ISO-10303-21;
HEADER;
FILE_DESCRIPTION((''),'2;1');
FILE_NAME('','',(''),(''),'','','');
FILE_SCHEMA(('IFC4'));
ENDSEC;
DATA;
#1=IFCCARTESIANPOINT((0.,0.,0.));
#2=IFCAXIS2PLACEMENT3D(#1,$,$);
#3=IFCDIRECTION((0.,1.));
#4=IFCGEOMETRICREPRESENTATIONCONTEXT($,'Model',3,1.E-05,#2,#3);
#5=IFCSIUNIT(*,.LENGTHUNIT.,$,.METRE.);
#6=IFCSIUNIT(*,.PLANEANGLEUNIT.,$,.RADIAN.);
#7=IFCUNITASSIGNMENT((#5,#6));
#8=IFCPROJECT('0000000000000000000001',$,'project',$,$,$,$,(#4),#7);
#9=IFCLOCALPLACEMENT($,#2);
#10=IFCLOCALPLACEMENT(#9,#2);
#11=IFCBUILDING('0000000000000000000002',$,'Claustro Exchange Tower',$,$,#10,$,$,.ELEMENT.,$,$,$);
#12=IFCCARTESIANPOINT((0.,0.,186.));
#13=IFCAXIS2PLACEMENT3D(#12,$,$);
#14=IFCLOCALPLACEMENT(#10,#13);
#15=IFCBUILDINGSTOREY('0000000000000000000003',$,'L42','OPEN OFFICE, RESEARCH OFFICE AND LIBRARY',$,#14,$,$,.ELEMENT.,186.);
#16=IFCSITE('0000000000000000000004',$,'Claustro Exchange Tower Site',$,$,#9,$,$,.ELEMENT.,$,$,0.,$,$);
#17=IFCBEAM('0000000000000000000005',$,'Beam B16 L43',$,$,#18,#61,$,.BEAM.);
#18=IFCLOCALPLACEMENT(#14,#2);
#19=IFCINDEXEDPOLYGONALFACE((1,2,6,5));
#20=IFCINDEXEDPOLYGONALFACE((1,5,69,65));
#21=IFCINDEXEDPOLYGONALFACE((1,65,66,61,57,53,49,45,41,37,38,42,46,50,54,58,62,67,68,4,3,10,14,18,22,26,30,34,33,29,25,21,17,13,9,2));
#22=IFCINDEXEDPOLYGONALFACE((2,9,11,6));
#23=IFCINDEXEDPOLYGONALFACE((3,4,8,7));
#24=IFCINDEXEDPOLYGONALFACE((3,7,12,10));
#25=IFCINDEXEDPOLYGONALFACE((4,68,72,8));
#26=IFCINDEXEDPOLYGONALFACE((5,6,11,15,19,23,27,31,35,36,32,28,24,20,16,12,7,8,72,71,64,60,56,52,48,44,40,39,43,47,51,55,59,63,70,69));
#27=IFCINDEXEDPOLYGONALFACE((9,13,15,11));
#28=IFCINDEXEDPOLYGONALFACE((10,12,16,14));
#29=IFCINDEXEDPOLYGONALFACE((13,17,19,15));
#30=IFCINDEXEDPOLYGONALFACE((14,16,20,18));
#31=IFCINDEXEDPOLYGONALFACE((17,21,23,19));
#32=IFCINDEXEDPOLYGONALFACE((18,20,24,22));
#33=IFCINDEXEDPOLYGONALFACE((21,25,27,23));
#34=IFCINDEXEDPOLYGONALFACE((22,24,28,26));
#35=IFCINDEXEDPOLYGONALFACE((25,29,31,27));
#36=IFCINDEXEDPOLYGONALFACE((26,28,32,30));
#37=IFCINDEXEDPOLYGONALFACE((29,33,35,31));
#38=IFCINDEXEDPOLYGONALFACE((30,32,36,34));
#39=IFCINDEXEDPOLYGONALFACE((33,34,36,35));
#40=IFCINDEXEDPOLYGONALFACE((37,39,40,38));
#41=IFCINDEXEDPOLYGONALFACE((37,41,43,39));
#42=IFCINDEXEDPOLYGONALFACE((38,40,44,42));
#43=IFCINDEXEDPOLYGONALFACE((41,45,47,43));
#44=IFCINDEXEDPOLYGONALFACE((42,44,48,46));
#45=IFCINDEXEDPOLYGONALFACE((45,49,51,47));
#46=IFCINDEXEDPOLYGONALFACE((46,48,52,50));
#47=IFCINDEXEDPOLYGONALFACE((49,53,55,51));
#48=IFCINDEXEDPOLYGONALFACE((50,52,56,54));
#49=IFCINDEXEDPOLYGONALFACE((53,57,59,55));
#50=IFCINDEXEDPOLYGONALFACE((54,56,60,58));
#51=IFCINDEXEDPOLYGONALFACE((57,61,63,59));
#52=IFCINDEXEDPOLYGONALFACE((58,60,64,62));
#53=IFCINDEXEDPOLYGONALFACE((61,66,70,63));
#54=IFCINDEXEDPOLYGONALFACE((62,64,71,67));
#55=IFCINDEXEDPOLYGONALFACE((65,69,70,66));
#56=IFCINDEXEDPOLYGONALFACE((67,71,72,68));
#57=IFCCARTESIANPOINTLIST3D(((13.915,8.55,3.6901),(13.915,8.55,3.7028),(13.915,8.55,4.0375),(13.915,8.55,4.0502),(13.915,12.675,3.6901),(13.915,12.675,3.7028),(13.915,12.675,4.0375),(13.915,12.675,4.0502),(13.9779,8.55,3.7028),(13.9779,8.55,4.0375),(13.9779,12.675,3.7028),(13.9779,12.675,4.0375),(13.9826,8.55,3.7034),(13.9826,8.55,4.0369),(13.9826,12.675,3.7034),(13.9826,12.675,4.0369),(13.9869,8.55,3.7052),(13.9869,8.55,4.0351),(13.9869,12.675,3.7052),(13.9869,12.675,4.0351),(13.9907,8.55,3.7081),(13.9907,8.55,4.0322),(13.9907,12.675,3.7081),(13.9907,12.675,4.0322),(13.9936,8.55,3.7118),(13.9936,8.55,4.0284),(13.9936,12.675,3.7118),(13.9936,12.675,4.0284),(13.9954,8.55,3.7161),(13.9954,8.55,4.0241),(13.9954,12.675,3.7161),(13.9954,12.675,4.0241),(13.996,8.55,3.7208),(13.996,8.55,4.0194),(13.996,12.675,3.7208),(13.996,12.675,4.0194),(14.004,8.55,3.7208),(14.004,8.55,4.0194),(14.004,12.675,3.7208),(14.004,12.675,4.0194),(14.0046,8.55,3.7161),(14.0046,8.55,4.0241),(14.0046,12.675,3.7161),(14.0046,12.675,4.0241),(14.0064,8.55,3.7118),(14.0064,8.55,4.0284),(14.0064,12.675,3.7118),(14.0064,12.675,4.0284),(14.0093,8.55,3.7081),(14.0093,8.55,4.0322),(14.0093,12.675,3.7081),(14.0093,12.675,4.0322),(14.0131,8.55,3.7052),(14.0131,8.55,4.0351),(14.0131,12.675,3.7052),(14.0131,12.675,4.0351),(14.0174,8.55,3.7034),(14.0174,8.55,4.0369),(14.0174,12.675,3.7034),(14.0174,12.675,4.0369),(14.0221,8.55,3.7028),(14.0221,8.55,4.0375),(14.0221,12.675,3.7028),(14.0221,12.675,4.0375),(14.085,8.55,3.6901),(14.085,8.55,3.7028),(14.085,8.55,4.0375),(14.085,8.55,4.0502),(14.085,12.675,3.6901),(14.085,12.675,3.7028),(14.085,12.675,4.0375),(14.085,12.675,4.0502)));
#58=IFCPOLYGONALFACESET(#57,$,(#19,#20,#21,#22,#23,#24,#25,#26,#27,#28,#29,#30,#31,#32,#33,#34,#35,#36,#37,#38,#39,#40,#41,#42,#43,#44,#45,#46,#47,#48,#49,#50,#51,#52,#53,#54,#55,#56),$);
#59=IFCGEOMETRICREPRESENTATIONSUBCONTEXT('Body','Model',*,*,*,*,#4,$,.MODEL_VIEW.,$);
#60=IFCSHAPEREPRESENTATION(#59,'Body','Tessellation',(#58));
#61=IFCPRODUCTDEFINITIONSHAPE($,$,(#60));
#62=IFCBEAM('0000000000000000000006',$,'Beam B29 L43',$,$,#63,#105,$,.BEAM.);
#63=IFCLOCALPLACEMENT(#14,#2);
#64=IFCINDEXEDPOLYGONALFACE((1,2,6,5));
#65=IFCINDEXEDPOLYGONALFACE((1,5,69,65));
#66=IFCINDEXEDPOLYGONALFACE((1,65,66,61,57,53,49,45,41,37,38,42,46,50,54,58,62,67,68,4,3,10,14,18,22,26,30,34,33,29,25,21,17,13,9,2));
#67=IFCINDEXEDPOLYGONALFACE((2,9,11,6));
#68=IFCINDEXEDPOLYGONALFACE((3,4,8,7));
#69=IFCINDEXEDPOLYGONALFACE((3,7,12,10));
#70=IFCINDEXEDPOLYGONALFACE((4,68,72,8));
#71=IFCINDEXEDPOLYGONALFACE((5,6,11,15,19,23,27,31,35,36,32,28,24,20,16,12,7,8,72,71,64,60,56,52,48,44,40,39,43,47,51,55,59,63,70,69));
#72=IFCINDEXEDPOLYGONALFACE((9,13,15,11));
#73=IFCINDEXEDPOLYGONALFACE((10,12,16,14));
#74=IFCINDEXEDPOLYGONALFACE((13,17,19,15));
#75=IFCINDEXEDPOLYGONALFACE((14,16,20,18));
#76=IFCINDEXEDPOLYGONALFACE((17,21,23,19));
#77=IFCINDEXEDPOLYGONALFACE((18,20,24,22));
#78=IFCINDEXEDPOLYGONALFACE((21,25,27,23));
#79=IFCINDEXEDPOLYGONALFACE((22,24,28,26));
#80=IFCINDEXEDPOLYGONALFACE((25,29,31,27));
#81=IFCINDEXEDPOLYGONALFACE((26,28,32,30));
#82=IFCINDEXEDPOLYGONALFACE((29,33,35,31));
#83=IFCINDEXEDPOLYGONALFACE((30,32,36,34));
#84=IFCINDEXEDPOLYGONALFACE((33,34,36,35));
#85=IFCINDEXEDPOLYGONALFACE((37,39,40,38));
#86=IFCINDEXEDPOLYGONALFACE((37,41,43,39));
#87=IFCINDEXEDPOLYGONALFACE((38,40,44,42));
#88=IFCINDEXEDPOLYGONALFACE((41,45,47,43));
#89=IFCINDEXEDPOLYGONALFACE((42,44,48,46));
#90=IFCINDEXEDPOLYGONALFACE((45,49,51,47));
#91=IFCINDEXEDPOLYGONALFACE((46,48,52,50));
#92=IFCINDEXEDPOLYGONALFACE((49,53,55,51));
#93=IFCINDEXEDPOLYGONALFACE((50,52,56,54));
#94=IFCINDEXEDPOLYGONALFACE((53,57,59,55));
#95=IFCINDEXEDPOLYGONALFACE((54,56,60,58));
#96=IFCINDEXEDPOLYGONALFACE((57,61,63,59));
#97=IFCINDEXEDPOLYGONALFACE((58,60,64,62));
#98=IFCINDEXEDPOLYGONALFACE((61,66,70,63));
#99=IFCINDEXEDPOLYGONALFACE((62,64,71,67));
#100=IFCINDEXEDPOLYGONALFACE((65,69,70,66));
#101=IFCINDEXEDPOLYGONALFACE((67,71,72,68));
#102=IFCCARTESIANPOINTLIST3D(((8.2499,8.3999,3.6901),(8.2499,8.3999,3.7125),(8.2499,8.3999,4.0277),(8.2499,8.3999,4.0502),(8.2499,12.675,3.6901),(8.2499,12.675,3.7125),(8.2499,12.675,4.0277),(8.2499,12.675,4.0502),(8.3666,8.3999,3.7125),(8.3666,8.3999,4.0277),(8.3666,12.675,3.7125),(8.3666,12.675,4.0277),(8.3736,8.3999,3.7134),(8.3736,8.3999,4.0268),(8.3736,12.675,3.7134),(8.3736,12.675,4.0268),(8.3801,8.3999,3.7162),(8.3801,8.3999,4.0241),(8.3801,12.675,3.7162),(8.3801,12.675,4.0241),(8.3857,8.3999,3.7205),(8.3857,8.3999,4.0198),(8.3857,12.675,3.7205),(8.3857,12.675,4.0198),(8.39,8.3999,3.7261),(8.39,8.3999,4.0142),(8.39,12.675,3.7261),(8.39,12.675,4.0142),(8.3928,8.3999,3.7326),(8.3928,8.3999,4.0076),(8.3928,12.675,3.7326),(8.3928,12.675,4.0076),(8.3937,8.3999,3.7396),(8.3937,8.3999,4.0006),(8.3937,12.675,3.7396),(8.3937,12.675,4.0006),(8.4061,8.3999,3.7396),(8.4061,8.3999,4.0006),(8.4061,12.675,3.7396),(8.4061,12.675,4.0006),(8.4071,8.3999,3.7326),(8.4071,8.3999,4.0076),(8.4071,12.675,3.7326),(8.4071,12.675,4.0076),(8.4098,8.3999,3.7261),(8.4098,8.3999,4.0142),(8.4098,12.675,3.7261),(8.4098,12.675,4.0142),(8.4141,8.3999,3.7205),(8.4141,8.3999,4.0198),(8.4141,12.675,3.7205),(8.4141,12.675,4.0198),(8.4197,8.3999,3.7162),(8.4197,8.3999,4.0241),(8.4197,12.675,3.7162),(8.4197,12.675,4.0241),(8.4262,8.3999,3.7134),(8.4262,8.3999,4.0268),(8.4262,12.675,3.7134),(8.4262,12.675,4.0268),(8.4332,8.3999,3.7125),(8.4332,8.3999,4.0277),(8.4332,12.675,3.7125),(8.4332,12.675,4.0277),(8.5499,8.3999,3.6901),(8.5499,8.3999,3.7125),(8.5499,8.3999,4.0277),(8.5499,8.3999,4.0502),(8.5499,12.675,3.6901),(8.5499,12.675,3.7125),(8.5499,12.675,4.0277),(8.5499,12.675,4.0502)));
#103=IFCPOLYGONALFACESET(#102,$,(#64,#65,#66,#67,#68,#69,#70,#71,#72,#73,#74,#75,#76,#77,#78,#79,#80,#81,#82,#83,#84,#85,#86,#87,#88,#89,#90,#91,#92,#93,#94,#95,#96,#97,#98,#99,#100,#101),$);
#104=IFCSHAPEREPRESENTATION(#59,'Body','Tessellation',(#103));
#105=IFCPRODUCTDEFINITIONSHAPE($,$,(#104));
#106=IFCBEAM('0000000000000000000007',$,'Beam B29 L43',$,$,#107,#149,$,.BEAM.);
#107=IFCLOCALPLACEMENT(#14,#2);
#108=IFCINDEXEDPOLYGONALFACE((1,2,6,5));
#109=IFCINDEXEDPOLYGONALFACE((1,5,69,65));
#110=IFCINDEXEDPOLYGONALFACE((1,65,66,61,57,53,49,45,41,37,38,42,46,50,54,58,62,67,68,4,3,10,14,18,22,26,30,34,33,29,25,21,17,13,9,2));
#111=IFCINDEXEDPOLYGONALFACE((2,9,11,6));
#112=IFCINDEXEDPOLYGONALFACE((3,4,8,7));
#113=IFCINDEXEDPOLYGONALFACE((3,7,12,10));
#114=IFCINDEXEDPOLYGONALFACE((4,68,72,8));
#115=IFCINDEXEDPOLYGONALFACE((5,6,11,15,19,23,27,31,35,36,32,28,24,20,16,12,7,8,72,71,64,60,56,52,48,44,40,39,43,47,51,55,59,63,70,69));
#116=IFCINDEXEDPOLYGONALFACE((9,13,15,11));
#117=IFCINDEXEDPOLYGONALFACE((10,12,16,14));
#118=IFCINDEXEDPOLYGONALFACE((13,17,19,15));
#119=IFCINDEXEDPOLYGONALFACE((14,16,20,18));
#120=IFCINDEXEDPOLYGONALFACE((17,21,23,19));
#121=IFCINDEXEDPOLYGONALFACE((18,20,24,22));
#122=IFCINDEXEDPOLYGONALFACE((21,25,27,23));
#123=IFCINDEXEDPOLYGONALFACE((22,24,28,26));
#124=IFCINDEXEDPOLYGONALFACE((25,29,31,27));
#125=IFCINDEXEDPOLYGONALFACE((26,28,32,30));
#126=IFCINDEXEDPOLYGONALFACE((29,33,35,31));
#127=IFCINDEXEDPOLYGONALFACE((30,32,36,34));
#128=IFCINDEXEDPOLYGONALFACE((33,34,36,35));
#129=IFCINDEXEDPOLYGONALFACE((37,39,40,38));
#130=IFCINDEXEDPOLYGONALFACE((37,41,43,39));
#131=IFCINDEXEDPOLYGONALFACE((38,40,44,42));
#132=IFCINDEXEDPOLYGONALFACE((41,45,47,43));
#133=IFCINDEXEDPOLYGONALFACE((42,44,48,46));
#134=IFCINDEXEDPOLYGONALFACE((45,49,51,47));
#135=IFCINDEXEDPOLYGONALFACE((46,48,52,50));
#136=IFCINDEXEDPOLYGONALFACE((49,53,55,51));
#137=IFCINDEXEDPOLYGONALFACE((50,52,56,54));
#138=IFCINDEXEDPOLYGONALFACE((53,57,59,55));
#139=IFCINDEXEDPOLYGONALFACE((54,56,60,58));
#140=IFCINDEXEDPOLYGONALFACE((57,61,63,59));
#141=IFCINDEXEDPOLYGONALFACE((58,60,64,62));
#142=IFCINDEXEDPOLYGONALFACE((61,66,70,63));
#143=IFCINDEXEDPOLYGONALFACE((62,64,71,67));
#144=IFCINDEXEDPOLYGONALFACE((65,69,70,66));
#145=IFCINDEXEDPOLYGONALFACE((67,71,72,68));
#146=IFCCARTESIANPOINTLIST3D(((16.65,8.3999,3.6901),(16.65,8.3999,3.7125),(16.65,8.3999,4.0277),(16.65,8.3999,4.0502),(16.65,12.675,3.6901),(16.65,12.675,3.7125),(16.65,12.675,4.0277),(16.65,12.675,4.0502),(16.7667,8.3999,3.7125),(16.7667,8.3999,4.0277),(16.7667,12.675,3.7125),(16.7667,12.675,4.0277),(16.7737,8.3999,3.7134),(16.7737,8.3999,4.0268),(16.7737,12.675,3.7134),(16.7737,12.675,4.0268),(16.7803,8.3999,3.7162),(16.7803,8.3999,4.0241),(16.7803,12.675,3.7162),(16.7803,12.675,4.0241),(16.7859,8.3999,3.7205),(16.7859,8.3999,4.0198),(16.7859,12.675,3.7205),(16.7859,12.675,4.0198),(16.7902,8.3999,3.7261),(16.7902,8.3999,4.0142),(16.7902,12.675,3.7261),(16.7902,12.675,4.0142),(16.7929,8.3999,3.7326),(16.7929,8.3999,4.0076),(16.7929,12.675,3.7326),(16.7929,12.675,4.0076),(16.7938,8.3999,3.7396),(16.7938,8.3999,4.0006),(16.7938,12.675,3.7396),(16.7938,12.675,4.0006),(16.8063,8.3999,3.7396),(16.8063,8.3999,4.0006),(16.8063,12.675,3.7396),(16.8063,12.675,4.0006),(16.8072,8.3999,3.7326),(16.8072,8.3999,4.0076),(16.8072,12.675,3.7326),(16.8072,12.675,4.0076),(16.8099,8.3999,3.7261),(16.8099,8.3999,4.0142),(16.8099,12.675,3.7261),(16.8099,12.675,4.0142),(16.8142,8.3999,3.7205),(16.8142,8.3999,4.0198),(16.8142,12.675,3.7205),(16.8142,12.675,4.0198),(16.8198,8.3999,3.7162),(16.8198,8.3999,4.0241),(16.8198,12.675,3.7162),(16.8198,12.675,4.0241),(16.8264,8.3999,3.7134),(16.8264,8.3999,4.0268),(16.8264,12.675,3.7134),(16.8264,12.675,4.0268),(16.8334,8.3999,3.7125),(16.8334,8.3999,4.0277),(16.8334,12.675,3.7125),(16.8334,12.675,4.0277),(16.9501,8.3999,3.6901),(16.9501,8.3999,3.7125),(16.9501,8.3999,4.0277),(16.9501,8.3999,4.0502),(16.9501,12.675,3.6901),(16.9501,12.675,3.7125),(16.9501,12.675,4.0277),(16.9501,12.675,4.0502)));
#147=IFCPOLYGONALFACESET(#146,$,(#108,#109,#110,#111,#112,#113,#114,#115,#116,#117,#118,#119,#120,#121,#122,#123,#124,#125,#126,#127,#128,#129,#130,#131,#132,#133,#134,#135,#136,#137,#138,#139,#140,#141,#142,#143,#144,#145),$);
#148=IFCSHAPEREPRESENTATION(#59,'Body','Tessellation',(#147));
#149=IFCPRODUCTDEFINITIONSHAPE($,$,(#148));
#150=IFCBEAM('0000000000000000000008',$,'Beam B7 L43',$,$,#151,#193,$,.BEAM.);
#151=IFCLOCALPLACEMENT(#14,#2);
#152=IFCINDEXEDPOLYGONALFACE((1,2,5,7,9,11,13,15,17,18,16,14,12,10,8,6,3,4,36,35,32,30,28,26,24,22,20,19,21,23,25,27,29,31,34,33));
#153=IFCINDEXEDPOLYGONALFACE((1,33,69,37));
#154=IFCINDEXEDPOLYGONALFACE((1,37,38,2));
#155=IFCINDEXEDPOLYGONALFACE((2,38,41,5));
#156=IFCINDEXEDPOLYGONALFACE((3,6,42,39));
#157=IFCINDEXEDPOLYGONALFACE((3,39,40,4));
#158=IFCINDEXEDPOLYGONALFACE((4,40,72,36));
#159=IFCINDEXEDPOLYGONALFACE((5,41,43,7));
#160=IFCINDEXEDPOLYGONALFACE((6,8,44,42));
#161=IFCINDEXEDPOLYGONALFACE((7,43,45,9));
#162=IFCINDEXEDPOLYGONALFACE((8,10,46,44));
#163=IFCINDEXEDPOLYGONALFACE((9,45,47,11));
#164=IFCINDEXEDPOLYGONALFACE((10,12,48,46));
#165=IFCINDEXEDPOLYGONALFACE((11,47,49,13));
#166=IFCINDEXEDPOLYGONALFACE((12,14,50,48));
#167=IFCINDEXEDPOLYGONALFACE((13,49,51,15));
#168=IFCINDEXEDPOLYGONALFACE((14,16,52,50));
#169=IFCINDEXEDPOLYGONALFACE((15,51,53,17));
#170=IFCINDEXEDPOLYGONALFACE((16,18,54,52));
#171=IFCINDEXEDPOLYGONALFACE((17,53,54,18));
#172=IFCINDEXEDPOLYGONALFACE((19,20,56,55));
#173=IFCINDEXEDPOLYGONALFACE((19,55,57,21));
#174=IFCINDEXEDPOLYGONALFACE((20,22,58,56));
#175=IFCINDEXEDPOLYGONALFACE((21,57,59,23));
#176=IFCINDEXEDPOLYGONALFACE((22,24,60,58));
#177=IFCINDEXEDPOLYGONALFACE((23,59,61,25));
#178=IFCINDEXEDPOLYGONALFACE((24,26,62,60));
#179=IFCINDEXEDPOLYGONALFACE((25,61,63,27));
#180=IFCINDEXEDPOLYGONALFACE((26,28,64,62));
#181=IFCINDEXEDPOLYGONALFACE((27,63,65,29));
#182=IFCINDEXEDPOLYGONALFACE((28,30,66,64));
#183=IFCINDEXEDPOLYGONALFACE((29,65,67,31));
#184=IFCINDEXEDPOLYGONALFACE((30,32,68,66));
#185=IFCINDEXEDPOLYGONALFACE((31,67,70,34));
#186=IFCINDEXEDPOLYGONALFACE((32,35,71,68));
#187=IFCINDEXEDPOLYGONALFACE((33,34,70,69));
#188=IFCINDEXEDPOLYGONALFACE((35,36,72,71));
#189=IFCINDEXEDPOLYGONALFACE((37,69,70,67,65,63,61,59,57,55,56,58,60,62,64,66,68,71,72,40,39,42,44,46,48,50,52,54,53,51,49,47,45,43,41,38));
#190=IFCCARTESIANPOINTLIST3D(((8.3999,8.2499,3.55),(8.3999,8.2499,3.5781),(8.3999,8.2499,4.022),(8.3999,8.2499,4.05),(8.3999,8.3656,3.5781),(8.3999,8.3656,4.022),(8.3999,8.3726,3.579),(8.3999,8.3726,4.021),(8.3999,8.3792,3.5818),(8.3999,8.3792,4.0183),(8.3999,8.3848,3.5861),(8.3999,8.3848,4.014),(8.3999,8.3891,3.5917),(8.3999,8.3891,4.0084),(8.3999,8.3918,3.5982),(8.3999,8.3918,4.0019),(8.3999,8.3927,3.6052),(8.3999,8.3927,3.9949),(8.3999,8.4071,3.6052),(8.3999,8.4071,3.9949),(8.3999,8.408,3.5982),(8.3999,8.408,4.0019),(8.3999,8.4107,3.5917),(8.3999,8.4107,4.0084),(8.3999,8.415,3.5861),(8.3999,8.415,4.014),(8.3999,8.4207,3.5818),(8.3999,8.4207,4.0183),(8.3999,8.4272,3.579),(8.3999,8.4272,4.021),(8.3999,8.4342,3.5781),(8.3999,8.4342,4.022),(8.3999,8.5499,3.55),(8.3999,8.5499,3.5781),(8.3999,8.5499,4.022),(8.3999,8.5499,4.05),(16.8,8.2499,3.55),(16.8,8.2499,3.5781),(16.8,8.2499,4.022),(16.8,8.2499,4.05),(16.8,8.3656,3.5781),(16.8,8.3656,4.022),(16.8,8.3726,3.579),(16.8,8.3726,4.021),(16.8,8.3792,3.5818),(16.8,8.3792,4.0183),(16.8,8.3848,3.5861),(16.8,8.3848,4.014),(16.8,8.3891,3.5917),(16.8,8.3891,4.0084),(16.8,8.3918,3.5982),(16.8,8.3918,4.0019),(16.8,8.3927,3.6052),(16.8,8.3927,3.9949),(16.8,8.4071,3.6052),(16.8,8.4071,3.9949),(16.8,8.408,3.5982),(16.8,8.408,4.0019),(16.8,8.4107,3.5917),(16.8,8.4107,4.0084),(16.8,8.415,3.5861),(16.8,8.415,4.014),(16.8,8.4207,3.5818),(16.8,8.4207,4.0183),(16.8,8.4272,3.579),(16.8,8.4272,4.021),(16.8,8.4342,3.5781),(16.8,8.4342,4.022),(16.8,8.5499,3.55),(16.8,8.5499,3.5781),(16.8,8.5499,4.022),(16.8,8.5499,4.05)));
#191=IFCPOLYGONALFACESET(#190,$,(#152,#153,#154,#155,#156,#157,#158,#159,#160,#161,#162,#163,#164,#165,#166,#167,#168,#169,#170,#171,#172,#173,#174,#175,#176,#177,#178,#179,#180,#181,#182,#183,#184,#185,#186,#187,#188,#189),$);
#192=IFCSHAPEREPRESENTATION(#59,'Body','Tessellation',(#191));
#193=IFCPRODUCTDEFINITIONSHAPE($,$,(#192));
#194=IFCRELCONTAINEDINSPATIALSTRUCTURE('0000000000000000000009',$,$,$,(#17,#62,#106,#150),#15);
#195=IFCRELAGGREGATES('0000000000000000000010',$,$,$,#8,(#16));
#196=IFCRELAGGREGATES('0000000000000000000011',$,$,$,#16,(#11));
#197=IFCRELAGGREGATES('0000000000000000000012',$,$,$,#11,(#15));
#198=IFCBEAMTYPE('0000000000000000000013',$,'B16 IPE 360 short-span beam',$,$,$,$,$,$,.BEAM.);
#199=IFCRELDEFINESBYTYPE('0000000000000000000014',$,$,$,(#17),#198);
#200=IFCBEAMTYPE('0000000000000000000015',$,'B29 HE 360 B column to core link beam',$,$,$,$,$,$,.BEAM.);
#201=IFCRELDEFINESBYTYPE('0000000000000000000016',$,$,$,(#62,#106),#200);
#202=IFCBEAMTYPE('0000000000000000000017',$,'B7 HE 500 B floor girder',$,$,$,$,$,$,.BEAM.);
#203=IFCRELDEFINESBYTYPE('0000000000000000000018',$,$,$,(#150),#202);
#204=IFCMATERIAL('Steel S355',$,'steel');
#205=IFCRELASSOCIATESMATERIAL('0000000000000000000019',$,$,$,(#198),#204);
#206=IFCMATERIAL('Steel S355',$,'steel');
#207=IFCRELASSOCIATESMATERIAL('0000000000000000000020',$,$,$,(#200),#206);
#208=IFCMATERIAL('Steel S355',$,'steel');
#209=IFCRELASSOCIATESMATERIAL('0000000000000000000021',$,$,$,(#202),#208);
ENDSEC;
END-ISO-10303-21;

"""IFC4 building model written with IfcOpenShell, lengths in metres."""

from ifc_helpers import new_model, si_unit, direction, frame, origin, origin_2d, place, context, subcontext, project, spatial, i_section, extrude, material, material_profile, profile_set, type_object, element, save


model = new_model("IFC4")

# Units and contexts
model_context = context("Model", 3, precision=1e-05, world=origin(), true_north=direction((0.0, 1.0)))
body_context = subcontext(model_context, "Body", "Model", "MODEL_VIEW")
ifc_project = project(units=[si_unit("LENGTHUNIT", "METRE"), si_unit("PLANEANGLEUNIT", "RADIAN")], contexts=[model_context])

# Site, building, storey
site_placement = place(None, origin())
site = spatial("IfcSite", under=ifc_project, at=site_placement, Name="Claustro Exchange Tower Site", CompositionType="ELEMENT", RefElevation=0.0)
building_placement = place(site_placement, origin())
building = spatial("IfcBuilding", under=site, at=building_placement, Name="Claustro Exchange Tower", CompositionType="ELEMENT")
storey_placement = place(building_placement, frame((0.0, 0.0, 186.0)))
storey = spatial("IfcBuildingStorey", under=building, at=storey_placement, Name="L42", Description="OPEN OFFICE, RESEARCH OFFICE AND LIBRARY", CompositionType="ELEMENT", Elevation=186.0)

# Beams
ifc_material_1 = material(Name="Steel S355", Category="steel")
ifc_material_profile_1 = material_profile(ifc_material_1, i_section(OverallWidth=0.1699, OverallDepth=0.3601, WebThickness=0.0081, FlangeThickness=0.0127, FilletRadius=0.0181, at=origin_2d()), Name="IPE 360")
ifc_profile_set_1 = profile_set([ifc_material_profile_1], Name="Steel S355")
beam_type_1 = type_object("IfcBeamType", Name="B16 IPE 360 short-span beam", PredefinedType="BEAM", material=ifc_profile_set_1)
for number, where, z_axis, x_axis, name in (
    (1, (14.0, 8.55, 3.8701), (0.0, 1.0, 0.0), (-1.0, 0.0, 0.0), "Beam B16 L43"),
):
    element("IfcBeam", number, at=place(storey_placement, frame(where, z_axis=z_axis, x_axis=x_axis)), inside=storey, type_object=beam_type_1, Name=name, PredefinedType="BEAM", context=body_context, shape_type="SweptSolid", body=[
        extrude(i_section(OverallWidth=0.1699, OverallDepth=0.3601, WebThickness=0.0081, FlangeThickness=0.0127, FilletRadius=0.0181, at=origin_2d()), origin(), (0.0, 0.0, 1.0), 4.125),
    ])
ifc_material_2 = material(Name="Steel S355", Category="steel")
ifc_material_profile_2 = material_profile(ifc_material_2, i_section(OverallWidth=0.3, OverallDepth=0.3601, WebThickness=0.0125, FlangeThickness=0.0225, FilletRadius=0.0271, at=origin_2d()), Name="HE 360 B")
ifc_profile_set_2 = profile_set([ifc_material_profile_2], Name="Steel S355")
beam_type_2 = type_object("IfcBeamType", Name="B29 HE 360 B column to core link beam", PredefinedType="BEAM", material=ifc_profile_set_2)
for number, where, z_axis, x_axis, name in (
    (2, (8.3999, 8.3999, 3.8701), (0.0, 1.0, 0.0), (-1.0, 0.0, 0.0), "Beam B29 L43"),
    (3, (16.8, 8.3999, 3.8701), (0.0, 1.0, 0.0), (-1.0, 0.0, 0.0), "Beam B29 L43"),
):
    element("IfcBeam", number, at=place(storey_placement, frame(where, z_axis=z_axis, x_axis=x_axis)), inside=storey, type_object=beam_type_2, Name=name, PredefinedType="BEAM", context=body_context, shape_type="SweptSolid", body=[
        extrude(i_section(OverallWidth=0.3, OverallDepth=0.3601, WebThickness=0.0125, FlangeThickness=0.0225, FilletRadius=0.0271, at=origin_2d()), origin(), (0.0, 0.0, 1.0), 4.2751),
    ])
ifc_material_3 = material(Name="Steel S355", Category="steel")
ifc_material_profile_3 = material_profile(ifc_material_3, i_section(OverallWidth=0.3, OverallDepth=0.5, WebThickness=0.0144, FlangeThickness=0.0281, FilletRadius=0.0271, at=origin_2d()), Name="HE 500 B")
ifc_profile_set_3 = profile_set([ifc_material_profile_3], Name="Steel S355")
beam_type_3 = type_object("IfcBeamType", Name="B7 HE 500 B floor girder", PredefinedType="BEAM", material=ifc_profile_set_3)
beam_1_placement = place(storey_placement, frame((8.3999, 8.3999, 3.8), z_axis=(1.0, 0.0, 0.0), x_axis=(0.0, 1.0, 0.0)))
element("IfcBeam", 4, at=beam_1_placement, inside=storey, type_object=beam_type_3, Name="Beam B7 L43", PredefinedType="BEAM", context=body_context, shape_type="SweptSolid", body=[
    extrude(i_section(OverallWidth=0.3, OverallDepth=0.5, WebThickness=0.0144, FlangeThickness=0.0281, FilletRadius=0.0271, at=origin_2d()), origin(), (0.0, 0.0, 1.0), 8.4001),
])

save(model, "model.ifc")
